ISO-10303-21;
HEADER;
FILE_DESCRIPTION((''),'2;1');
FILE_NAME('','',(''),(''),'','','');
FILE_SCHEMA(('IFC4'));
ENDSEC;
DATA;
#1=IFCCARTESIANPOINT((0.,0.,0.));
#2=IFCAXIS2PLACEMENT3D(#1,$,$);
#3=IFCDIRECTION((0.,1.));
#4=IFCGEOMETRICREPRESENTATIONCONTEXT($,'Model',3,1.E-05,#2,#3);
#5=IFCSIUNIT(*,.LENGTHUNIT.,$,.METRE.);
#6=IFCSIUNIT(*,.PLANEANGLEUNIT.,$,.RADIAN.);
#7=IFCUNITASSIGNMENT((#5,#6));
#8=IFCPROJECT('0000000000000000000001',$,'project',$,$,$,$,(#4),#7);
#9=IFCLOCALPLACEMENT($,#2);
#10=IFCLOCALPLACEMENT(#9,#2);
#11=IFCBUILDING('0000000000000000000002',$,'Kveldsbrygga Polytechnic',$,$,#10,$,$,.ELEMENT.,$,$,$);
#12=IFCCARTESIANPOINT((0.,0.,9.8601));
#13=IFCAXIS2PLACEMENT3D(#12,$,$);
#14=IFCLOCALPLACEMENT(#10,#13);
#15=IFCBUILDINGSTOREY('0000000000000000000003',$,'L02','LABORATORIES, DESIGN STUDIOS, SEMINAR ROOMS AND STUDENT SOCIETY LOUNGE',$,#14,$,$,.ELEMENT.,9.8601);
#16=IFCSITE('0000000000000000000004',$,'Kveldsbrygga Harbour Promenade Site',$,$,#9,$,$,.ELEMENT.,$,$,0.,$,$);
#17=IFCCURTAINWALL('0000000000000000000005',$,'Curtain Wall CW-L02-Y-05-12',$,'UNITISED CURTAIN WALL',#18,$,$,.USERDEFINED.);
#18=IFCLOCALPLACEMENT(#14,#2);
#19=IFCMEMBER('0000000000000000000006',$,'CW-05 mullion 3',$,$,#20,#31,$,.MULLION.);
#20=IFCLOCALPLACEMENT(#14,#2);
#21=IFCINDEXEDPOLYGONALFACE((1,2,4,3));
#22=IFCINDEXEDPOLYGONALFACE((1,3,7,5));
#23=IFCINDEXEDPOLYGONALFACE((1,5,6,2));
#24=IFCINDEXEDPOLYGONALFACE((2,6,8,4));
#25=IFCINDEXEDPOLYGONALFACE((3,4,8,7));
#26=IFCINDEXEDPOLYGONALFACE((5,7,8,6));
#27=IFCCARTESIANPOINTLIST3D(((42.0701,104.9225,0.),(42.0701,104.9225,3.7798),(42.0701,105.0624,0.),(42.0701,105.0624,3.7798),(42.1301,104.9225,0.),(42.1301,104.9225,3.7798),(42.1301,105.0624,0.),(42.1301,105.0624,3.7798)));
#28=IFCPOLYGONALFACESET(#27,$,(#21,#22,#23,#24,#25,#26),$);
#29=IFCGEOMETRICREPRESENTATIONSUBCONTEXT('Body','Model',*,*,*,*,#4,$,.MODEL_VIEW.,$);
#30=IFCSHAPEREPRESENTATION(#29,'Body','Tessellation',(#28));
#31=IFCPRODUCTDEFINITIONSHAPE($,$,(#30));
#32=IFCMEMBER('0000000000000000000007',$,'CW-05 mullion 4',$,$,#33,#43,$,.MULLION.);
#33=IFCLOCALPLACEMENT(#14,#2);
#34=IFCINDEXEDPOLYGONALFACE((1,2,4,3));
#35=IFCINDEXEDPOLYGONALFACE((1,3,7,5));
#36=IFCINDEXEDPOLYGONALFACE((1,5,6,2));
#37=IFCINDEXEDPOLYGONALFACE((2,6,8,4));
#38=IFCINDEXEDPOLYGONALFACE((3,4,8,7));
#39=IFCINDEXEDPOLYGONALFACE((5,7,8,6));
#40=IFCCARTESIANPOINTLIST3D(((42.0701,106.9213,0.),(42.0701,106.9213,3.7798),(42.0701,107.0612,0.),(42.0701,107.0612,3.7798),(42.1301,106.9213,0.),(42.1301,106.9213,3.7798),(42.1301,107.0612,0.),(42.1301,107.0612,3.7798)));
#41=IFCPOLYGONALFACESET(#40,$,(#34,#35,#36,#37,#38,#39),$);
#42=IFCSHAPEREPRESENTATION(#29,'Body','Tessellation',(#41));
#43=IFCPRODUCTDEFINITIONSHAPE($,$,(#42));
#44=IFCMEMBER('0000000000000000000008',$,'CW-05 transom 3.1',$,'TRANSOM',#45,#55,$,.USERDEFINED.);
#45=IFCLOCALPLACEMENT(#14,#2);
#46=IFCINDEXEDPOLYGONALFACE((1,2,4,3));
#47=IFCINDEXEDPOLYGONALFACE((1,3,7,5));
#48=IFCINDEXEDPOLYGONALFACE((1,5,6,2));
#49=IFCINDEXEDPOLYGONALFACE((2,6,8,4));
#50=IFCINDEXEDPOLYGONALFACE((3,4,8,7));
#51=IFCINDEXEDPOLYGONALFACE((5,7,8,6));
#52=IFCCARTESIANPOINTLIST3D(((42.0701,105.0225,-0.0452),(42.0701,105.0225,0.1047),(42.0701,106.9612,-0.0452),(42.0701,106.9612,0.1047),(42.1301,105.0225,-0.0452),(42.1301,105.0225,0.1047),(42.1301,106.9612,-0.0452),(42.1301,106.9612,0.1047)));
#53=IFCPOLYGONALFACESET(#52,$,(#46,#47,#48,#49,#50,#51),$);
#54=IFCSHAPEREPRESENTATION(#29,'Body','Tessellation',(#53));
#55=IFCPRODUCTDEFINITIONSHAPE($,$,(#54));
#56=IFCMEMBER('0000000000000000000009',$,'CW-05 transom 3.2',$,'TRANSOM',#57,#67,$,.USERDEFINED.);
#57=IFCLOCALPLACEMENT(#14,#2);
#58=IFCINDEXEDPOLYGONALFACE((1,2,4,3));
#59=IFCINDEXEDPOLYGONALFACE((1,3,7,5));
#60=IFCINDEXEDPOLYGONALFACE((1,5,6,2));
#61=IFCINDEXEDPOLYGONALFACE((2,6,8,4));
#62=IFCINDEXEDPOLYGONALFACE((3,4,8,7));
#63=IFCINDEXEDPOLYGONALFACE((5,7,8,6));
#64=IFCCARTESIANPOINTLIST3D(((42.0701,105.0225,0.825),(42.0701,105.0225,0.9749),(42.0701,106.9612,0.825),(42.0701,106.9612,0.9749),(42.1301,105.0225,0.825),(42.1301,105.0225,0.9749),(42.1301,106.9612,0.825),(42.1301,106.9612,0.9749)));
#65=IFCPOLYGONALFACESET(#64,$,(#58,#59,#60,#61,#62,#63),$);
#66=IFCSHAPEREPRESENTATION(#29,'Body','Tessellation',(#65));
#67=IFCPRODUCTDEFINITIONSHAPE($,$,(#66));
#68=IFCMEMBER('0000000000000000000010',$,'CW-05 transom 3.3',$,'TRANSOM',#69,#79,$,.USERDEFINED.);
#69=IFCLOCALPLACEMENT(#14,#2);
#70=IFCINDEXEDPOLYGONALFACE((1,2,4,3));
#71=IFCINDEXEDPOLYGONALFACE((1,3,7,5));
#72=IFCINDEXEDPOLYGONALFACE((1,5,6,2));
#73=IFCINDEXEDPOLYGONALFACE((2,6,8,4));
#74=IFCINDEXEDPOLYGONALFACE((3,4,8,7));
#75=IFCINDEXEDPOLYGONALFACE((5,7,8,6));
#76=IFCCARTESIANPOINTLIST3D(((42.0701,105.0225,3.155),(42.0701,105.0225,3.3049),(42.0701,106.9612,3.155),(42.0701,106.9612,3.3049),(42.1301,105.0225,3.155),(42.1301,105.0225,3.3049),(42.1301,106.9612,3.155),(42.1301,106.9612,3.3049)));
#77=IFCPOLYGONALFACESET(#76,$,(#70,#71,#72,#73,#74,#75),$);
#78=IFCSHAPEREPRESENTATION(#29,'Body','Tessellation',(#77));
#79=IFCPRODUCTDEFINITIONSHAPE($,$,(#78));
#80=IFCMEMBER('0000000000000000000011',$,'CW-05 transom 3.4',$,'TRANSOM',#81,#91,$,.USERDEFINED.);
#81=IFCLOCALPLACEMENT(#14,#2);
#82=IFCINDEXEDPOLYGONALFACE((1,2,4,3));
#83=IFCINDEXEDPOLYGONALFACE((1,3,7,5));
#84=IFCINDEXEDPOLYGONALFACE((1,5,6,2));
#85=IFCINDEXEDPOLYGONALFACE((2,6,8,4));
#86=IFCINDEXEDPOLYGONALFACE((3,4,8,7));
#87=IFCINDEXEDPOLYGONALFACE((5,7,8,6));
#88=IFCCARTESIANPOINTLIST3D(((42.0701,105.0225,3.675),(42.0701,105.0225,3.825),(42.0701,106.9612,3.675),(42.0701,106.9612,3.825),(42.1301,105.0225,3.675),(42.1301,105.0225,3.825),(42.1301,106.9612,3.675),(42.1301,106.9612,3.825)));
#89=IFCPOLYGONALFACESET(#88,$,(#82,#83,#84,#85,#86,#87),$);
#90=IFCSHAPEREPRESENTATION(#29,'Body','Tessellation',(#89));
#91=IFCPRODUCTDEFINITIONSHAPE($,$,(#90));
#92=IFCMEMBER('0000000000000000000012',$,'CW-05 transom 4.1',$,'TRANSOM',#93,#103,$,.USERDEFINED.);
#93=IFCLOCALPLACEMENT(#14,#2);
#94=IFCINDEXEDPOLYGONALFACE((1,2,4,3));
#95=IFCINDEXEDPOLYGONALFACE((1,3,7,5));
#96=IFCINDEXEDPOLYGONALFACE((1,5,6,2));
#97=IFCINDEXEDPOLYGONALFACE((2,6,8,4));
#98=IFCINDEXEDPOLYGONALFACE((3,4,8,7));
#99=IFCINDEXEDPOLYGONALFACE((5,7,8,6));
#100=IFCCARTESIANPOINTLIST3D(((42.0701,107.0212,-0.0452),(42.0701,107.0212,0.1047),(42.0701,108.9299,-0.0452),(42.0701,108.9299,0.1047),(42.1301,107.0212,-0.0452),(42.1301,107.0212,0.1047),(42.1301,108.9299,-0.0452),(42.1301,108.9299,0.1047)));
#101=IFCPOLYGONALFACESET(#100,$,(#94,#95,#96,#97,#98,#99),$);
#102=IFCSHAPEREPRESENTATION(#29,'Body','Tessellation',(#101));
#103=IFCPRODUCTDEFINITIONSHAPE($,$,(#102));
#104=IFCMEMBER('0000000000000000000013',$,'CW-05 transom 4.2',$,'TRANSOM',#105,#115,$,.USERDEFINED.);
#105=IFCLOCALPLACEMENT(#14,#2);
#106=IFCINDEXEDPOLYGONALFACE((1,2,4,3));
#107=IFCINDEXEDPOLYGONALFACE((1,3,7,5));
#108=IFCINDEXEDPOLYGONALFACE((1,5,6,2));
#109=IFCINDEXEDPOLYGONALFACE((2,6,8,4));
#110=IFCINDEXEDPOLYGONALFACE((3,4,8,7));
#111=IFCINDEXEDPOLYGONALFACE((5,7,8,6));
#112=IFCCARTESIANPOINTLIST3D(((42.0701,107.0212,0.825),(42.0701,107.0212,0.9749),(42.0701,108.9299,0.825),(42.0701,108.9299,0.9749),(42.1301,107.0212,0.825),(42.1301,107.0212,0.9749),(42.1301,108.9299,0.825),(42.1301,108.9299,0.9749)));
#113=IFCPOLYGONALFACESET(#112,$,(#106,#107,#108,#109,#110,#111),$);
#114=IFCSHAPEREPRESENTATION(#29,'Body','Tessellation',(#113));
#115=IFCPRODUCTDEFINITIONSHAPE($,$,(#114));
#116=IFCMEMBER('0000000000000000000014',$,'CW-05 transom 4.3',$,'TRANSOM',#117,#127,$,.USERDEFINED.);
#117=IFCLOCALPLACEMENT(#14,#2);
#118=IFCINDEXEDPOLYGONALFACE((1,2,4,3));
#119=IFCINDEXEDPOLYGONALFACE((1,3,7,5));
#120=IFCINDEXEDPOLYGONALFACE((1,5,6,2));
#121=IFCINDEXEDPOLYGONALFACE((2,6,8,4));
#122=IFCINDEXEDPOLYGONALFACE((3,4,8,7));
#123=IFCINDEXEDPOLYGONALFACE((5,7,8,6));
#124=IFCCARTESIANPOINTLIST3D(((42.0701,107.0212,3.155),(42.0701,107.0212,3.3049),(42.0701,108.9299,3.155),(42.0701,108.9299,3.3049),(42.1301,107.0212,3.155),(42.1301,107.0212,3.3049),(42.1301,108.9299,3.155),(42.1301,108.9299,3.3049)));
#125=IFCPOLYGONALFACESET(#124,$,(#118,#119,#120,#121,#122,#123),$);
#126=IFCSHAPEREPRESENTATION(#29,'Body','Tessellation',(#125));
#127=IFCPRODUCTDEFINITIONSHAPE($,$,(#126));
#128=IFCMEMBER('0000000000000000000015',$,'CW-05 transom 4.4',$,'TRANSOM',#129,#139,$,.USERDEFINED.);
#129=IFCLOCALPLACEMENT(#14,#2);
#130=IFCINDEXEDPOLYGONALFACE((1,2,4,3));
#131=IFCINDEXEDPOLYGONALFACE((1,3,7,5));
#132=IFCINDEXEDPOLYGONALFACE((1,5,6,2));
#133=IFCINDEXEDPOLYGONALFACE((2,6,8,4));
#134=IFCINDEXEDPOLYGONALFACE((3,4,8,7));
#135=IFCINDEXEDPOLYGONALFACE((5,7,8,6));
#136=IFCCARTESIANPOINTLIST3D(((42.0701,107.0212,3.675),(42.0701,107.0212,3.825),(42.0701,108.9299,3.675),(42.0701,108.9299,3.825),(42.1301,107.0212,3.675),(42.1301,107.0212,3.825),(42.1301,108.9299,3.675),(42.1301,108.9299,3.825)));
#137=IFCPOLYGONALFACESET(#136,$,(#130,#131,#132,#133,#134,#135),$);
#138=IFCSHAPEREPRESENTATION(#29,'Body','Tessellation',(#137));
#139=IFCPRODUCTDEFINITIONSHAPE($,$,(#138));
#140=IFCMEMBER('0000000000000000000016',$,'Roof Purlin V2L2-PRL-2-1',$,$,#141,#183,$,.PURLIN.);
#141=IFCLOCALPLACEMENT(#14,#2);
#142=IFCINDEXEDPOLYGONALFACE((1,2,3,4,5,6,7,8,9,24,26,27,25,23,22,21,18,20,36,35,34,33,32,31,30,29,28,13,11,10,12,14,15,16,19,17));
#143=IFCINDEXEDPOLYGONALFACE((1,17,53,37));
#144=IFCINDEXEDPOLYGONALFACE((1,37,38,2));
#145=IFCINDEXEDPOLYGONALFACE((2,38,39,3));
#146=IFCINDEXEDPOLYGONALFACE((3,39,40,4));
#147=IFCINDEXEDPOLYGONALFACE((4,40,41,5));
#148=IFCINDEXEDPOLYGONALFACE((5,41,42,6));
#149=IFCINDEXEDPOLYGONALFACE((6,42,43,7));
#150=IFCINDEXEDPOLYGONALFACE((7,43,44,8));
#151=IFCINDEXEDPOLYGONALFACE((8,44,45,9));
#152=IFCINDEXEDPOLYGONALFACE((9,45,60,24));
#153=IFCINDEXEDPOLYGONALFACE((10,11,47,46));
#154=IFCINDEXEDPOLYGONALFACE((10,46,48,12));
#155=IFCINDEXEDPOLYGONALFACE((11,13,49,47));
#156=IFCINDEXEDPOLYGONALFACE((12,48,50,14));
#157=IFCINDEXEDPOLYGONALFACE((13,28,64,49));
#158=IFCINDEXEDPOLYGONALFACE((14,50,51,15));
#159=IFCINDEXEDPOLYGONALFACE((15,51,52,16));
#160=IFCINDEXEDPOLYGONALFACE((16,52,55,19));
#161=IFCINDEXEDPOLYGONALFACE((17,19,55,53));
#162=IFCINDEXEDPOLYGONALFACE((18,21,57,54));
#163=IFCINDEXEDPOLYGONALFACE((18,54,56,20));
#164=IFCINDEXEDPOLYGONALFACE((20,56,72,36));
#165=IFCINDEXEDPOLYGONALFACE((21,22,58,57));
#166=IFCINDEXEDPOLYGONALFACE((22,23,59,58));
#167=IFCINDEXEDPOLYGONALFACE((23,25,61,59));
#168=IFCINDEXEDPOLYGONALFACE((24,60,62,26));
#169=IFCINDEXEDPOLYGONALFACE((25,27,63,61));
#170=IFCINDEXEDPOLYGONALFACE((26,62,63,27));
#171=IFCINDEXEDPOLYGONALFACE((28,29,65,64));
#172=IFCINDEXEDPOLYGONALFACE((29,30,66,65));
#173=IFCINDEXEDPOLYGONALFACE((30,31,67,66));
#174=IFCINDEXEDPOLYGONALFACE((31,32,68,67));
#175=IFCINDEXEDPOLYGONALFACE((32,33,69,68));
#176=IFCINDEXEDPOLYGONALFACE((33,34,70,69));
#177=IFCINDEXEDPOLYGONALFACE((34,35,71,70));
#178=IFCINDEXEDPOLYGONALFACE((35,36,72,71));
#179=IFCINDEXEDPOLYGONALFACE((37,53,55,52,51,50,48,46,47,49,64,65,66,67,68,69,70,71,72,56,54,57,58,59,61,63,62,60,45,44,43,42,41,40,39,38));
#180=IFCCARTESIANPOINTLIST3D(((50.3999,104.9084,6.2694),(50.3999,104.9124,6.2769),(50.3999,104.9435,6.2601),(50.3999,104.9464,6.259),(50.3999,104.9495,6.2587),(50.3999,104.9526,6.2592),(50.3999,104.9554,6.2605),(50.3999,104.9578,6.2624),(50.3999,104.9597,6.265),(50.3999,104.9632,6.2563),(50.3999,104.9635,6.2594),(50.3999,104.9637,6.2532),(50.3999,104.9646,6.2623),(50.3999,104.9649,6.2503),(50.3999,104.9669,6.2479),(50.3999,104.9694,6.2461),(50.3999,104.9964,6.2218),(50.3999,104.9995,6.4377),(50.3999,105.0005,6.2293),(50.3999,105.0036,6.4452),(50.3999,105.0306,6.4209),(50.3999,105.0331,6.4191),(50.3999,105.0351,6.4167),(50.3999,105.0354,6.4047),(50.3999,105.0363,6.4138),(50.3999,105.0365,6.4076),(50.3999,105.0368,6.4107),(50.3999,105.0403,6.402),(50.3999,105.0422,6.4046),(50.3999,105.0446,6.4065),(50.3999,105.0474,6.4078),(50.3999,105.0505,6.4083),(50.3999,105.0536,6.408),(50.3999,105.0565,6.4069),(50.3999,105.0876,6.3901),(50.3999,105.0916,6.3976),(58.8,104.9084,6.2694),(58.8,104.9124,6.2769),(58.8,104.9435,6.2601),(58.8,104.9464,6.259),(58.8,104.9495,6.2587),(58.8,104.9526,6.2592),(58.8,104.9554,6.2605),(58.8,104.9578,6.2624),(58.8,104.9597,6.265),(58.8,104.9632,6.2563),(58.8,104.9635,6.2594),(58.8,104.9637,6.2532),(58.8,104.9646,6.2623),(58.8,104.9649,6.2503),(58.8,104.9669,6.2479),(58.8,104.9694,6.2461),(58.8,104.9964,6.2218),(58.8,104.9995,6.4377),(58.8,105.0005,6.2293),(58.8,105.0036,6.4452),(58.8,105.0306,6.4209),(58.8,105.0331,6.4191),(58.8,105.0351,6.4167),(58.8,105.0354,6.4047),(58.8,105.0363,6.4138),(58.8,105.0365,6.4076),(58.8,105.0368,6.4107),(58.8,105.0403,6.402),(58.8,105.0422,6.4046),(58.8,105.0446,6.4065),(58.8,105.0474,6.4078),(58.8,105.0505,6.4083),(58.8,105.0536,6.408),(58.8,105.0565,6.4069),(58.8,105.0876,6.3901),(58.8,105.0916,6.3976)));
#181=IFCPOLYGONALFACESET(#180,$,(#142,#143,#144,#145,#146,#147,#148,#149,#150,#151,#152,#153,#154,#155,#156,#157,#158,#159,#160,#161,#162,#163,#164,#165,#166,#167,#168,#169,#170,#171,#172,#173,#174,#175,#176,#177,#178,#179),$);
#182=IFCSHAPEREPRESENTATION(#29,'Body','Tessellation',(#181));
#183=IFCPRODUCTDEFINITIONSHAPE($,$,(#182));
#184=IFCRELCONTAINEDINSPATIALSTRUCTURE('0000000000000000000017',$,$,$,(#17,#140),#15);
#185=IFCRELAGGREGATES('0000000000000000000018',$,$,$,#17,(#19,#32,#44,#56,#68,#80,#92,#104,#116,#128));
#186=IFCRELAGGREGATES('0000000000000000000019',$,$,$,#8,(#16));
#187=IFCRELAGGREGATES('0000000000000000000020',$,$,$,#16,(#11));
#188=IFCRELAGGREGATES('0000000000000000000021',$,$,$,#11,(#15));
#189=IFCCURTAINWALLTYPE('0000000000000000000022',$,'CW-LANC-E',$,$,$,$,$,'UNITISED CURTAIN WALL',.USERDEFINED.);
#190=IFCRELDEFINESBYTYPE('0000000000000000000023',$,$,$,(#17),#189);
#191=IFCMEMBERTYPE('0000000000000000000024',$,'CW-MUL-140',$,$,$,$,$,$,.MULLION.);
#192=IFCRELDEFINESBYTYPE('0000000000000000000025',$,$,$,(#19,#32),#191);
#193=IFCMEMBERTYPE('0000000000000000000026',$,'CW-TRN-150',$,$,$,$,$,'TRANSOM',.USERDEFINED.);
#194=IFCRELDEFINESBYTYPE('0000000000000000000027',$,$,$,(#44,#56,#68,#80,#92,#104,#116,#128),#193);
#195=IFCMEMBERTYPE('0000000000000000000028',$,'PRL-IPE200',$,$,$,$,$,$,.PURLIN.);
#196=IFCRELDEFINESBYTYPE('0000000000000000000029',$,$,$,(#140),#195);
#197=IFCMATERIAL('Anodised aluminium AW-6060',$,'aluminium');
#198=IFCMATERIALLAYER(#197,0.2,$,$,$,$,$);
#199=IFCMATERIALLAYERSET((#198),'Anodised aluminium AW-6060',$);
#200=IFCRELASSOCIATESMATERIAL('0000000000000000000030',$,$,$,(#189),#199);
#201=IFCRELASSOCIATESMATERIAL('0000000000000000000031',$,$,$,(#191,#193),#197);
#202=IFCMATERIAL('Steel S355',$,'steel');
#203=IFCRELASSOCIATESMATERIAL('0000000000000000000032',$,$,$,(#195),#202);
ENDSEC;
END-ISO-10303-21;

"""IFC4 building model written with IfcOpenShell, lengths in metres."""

from ifc_helpers import new_model, si_unit, direction, frame, origin, origin_2d, place, context, subcontext, project, spatial, rectangle, i_section, extrude, material, layer, layer_set, material_profile, profile_set, type_object, element, aggregate, save


model = new_model("IFC4")

# Units and contexts
model_context = context("Model", 3, precision=1e-05, world=origin(), true_north=direction((0.0, 1.0)))
body_context = subcontext(model_context, "Body", "Model", "MODEL_VIEW")
ifc_project = project(units=[si_unit("LENGTHUNIT", "METRE"), si_unit("PLANEANGLEUNIT", "RADIAN")], contexts=[model_context])

# Site, building, storey
site_placement = place(None, origin())
site = spatial("IfcSite", under=ifc_project, at=site_placement, Name="Kveldsbrygga Harbour Promenade Site", CompositionType="ELEMENT", RefElevation=0.0)
building_placement = place(site_placement, origin())
building = spatial("IfcBuilding", under=site, at=building_placement, Name="Kveldsbrygga Polytechnic", CompositionType="ELEMENT")
storey_placement = place(building_placement, frame((0.0, 0.0, 9.8601)))
storey = spatial("IfcBuildingStorey", under=building, at=storey_placement, Name="L02", Description="LABORATORIES, DESIGN STUDIOS, SEMINAR ROOMS AND STUDENT SOCIETY LOUNGE", CompositionType="ELEMENT", Elevation=9.8601)

# Curtain wall, members
ifc_material_1 = material(Name="Anodised aluminium AW-6060", Category="aluminium")
ifc_layer_1 = layer(ifc_material_1, 0.2)
ifc_layer_set_1 = layer_set([ifc_layer_1], Name="Anodised aluminium AW-6060")
curtain_wall_type = type_object("IfcCurtainWallType", Name="CW-LANC-E", ElementType="UNITISED CURTAIN WALL", PredefinedType="USERDEFINED", material=ifc_layer_set_1)
curtain_wall_placement = place(storey_placement, origin())
curtain_wall = element("IfcCurtainWall", 1, at=curtain_wall_placement, inside=storey, type_object=curtain_wall_type, Name="Curtain Wall CW-L02-Y-05-12", ObjectType="UNITISED CURTAIN WALL", PredefinedType="USERDEFINED")
ifc_material_profile_1 = material_profile(ifc_material_1, rectangle(XDim=0.0601, YDim=0.1399, at=origin_2d()), Name="ALU 60x140")
ifc_profile_set_1 = profile_set([ifc_material_profile_1], Name="Anodised aluminium AW-6060")
member_type_1 = type_object("IfcMemberType", Name="CW-MUL-140", PredefinedType="MULLION", material=ifc_profile_set_1)
member_1_placement = place(storey_placement, frame((42.1001, 104.9924, 0.0), z_axis=(0.0, 0.0, 1.0), x_axis=(-1.0, 0.0, 0.0)))
member_1 = element("IfcMember", 2, at=member_1_placement, type_object=member_type_1, Name="CW-05 mullion 3", PredefinedType="MULLION", context=body_context, shape_type="SweptSolid", body=[
    extrude(rectangle(XDim=0.0601, YDim=0.1399, at=origin_2d()), origin(), (0.0, 0.0, 1.0), 3.7798),
])
member_2_placement = place(storey_placement, frame((42.1001, 106.9912, 0.0), z_axis=(0.0, 0.0, 1.0), x_axis=(-1.0, 0.0, 0.0)))
member_2 = element("IfcMember", 3, at=member_2_placement, type_object=member_type_1, Name="CW-05 mullion 4", PredefinedType="MULLION", context=body_context, shape_type="SweptSolid", body=[
    extrude(rectangle(XDim=0.0601, YDim=0.1399, at=origin_2d()), origin(), (0.0, 0.0, 1.0), 3.7798),
])
ifc_material_profile_2 = material_profile(ifc_material_1, rectangle(XDim=0.0601, YDim=0.1499, at=origin_2d()), Name="ALU 60x150")
ifc_profile_set_2 = profile_set([ifc_material_profile_2], Name="Anodised aluminium AW-6060")
member_type_2 = type_object("IfcMemberType", Name="CW-TRN-150", ElementType="TRANSOM", PredefinedType="USERDEFINED", material=ifc_profile_set_2)
member_3_placement = place(storey_placement, frame((42.1001, 105.0225, 0.0298), z_axis=(0.0, 1.0, 0.0), x_axis=(-1.0, 0.0, 0.0)))
member_3 = element("IfcMember", 4, at=member_3_placement, type_object=member_type_2, Name="CW-05 transom 3.1", ObjectType="TRANSOM", PredefinedType="USERDEFINED", context=body_context, shape_type="SweptSolid", body=[
    extrude(rectangle(XDim=0.0601, YDim=0.1499, at=origin_2d()), origin(), (0.0, 0.0, 1.0), 1.9387),
])
member_4_placement = place(storey_placement, frame((42.1001, 105.0225, 0.8999), z_axis=(0.0, 1.0, 0.0), x_axis=(-1.0, 0.0, 0.0)))
member_4 = element("IfcMember", 5, at=member_4_placement, type_object=member_type_2, Name="CW-05 transom 3.2", ObjectType="TRANSOM", PredefinedType="USERDEFINED", context=body_context, shape_type="SweptSolid", body=[
    extrude(rectangle(XDim=0.0601, YDim=0.1499, at=origin_2d()), origin(), (0.0, 0.0, 1.0), 1.9387),
])
member_5_placement = place(storey_placement, frame((42.1001, 105.0225, 3.23), z_axis=(0.0, 1.0, 0.0), x_axis=(-1.0, 0.0, 0.0)))
member_5 = element("IfcMember", 6, at=member_5_placement, type_object=member_type_2, Name="CW-05 transom 3.3", ObjectType="TRANSOM", PredefinedType="USERDEFINED", context=body_context, shape_type="SweptSolid", body=[
    extrude(rectangle(XDim=0.0601, YDim=0.1499, at=origin_2d()), origin(), (0.0, 0.0, 1.0), 1.9387),
])
member_6_placement = place(storey_placement, frame((42.1001, 105.0225, 3.75), z_axis=(0.0, 1.0, 0.0), x_axis=(-1.0, 0.0, 0.0)))
member_6 = element("IfcMember", 7, at=member_6_placement, type_object=member_type_2, Name="CW-05 transom 3.4", ObjectType="TRANSOM", PredefinedType="USERDEFINED", context=body_context, shape_type="SweptSolid", body=[
    extrude(rectangle(XDim=0.0601, YDim=0.1499, at=origin_2d()), origin(), (0.0, 0.0, 1.0), 1.9387),
])
member_7_placement = place(storey_placement, frame((42.1001, 107.0212, 0.0298), z_axis=(0.0, 1.0, 0.0), x_axis=(-1.0, 0.0, 0.0)))
member_7 = element("IfcMember", 8, at=member_7_placement, type_object=member_type_2, Name="CW-05 transom 4.1", ObjectType="TRANSOM", PredefinedType="USERDEFINED", context=body_context, shape_type="SweptSolid", body=[
    extrude(rectangle(XDim=0.0601, YDim=0.1499, at=origin_2d()), origin(), (0.0, 0.0, 1.0), 1.9087),
])
member_8_placement = place(storey_placement, frame((42.1001, 107.0212, 0.8999), z_axis=(0.0, 1.0, 0.0), x_axis=(-1.0, 0.0, 0.0)))
member_8 = element("IfcMember", 9, at=member_8_placement, type_object=member_type_2, Name="CW-05 transom 4.2", ObjectType="TRANSOM", PredefinedType="USERDEFINED", context=body_context, shape_type="SweptSolid", body=[
    extrude(rectangle(XDim=0.0601, YDim=0.1499, at=origin_2d()), origin(), (0.0, 0.0, 1.0), 1.9087),
])
member_9_placement = place(storey_placement, frame((42.1001, 107.0212, 3.23), z_axis=(0.0, 1.0, 0.0), x_axis=(-1.0, 0.0, 0.0)))
member_9 = element("IfcMember", 10, at=member_9_placement, type_object=member_type_2, Name="CW-05 transom 4.3", ObjectType="TRANSOM", PredefinedType="USERDEFINED", context=body_context, shape_type="SweptSolid", body=[
    extrude(rectangle(XDim=0.0601, YDim=0.1499, at=origin_2d()), origin(), (0.0, 0.0, 1.0), 1.9087),
])
member_10_placement = place(storey_placement, frame((42.1001, 107.0212, 3.75), z_axis=(0.0, 1.0, 0.0), x_axis=(-1.0, 0.0, 0.0)))
member_10 = element("IfcMember", 11, at=member_10_placement, type_object=member_type_2, Name="CW-05 transom 4.4", ObjectType="TRANSOM", PredefinedType="USERDEFINED", context=body_context, shape_type="SweptSolid", body=[
    extrude(rectangle(XDim=0.0601, YDim=0.1499, at=origin_2d()), origin(), (0.0, 0.0, 1.0), 1.9087),
])

# Member
ifc_material_2 = material(Name="Steel S355", Category="steel")
ifc_material_profile_3 = material_profile(ifc_material_2, i_section(OverallWidth=0.1001, OverallDepth=0.2, WebThickness=0.0056, FlangeThickness=0.0085, FilletRadius=0.012, at=origin_2d()), Name="IPE 200")
ifc_profile_set_3 = profile_set([ifc_material_profile_3], Name="Steel S355")
member_type_3 = type_object("IfcMemberType", Name="PRL-IPE200", PredefinedType="PURLIN", material=ifc_profile_set_3)
member_11_placement = place(storey_placement, frame((50.3999, 105.0, 6.3335), z_axis=(1.0, 0.0, 0.0), x_axis=(0.0, 0.879292, -0.476283)))
element("IfcMember", 12, at=member_11_placement, inside=storey, type_object=member_type_3, Name="Roof Purlin V2L2-PRL-2-1", PredefinedType="PURLIN", context=body_context, shape_type="SweptSolid", body=[
    extrude(i_section(OverallWidth=0.1001, OverallDepth=0.2, WebThickness=0.0056, FlangeThickness=0.0085, FilletRadius=0.012, at=origin_2d()), origin(), (0.0, 0.0, 1.0), 8.4001),
])

aggregate(curtain_wall, [member_1, member_2, member_3, member_4, member_5, member_6, member_7, member_8, member_9, member_10])

save(model, "model.ifc")
